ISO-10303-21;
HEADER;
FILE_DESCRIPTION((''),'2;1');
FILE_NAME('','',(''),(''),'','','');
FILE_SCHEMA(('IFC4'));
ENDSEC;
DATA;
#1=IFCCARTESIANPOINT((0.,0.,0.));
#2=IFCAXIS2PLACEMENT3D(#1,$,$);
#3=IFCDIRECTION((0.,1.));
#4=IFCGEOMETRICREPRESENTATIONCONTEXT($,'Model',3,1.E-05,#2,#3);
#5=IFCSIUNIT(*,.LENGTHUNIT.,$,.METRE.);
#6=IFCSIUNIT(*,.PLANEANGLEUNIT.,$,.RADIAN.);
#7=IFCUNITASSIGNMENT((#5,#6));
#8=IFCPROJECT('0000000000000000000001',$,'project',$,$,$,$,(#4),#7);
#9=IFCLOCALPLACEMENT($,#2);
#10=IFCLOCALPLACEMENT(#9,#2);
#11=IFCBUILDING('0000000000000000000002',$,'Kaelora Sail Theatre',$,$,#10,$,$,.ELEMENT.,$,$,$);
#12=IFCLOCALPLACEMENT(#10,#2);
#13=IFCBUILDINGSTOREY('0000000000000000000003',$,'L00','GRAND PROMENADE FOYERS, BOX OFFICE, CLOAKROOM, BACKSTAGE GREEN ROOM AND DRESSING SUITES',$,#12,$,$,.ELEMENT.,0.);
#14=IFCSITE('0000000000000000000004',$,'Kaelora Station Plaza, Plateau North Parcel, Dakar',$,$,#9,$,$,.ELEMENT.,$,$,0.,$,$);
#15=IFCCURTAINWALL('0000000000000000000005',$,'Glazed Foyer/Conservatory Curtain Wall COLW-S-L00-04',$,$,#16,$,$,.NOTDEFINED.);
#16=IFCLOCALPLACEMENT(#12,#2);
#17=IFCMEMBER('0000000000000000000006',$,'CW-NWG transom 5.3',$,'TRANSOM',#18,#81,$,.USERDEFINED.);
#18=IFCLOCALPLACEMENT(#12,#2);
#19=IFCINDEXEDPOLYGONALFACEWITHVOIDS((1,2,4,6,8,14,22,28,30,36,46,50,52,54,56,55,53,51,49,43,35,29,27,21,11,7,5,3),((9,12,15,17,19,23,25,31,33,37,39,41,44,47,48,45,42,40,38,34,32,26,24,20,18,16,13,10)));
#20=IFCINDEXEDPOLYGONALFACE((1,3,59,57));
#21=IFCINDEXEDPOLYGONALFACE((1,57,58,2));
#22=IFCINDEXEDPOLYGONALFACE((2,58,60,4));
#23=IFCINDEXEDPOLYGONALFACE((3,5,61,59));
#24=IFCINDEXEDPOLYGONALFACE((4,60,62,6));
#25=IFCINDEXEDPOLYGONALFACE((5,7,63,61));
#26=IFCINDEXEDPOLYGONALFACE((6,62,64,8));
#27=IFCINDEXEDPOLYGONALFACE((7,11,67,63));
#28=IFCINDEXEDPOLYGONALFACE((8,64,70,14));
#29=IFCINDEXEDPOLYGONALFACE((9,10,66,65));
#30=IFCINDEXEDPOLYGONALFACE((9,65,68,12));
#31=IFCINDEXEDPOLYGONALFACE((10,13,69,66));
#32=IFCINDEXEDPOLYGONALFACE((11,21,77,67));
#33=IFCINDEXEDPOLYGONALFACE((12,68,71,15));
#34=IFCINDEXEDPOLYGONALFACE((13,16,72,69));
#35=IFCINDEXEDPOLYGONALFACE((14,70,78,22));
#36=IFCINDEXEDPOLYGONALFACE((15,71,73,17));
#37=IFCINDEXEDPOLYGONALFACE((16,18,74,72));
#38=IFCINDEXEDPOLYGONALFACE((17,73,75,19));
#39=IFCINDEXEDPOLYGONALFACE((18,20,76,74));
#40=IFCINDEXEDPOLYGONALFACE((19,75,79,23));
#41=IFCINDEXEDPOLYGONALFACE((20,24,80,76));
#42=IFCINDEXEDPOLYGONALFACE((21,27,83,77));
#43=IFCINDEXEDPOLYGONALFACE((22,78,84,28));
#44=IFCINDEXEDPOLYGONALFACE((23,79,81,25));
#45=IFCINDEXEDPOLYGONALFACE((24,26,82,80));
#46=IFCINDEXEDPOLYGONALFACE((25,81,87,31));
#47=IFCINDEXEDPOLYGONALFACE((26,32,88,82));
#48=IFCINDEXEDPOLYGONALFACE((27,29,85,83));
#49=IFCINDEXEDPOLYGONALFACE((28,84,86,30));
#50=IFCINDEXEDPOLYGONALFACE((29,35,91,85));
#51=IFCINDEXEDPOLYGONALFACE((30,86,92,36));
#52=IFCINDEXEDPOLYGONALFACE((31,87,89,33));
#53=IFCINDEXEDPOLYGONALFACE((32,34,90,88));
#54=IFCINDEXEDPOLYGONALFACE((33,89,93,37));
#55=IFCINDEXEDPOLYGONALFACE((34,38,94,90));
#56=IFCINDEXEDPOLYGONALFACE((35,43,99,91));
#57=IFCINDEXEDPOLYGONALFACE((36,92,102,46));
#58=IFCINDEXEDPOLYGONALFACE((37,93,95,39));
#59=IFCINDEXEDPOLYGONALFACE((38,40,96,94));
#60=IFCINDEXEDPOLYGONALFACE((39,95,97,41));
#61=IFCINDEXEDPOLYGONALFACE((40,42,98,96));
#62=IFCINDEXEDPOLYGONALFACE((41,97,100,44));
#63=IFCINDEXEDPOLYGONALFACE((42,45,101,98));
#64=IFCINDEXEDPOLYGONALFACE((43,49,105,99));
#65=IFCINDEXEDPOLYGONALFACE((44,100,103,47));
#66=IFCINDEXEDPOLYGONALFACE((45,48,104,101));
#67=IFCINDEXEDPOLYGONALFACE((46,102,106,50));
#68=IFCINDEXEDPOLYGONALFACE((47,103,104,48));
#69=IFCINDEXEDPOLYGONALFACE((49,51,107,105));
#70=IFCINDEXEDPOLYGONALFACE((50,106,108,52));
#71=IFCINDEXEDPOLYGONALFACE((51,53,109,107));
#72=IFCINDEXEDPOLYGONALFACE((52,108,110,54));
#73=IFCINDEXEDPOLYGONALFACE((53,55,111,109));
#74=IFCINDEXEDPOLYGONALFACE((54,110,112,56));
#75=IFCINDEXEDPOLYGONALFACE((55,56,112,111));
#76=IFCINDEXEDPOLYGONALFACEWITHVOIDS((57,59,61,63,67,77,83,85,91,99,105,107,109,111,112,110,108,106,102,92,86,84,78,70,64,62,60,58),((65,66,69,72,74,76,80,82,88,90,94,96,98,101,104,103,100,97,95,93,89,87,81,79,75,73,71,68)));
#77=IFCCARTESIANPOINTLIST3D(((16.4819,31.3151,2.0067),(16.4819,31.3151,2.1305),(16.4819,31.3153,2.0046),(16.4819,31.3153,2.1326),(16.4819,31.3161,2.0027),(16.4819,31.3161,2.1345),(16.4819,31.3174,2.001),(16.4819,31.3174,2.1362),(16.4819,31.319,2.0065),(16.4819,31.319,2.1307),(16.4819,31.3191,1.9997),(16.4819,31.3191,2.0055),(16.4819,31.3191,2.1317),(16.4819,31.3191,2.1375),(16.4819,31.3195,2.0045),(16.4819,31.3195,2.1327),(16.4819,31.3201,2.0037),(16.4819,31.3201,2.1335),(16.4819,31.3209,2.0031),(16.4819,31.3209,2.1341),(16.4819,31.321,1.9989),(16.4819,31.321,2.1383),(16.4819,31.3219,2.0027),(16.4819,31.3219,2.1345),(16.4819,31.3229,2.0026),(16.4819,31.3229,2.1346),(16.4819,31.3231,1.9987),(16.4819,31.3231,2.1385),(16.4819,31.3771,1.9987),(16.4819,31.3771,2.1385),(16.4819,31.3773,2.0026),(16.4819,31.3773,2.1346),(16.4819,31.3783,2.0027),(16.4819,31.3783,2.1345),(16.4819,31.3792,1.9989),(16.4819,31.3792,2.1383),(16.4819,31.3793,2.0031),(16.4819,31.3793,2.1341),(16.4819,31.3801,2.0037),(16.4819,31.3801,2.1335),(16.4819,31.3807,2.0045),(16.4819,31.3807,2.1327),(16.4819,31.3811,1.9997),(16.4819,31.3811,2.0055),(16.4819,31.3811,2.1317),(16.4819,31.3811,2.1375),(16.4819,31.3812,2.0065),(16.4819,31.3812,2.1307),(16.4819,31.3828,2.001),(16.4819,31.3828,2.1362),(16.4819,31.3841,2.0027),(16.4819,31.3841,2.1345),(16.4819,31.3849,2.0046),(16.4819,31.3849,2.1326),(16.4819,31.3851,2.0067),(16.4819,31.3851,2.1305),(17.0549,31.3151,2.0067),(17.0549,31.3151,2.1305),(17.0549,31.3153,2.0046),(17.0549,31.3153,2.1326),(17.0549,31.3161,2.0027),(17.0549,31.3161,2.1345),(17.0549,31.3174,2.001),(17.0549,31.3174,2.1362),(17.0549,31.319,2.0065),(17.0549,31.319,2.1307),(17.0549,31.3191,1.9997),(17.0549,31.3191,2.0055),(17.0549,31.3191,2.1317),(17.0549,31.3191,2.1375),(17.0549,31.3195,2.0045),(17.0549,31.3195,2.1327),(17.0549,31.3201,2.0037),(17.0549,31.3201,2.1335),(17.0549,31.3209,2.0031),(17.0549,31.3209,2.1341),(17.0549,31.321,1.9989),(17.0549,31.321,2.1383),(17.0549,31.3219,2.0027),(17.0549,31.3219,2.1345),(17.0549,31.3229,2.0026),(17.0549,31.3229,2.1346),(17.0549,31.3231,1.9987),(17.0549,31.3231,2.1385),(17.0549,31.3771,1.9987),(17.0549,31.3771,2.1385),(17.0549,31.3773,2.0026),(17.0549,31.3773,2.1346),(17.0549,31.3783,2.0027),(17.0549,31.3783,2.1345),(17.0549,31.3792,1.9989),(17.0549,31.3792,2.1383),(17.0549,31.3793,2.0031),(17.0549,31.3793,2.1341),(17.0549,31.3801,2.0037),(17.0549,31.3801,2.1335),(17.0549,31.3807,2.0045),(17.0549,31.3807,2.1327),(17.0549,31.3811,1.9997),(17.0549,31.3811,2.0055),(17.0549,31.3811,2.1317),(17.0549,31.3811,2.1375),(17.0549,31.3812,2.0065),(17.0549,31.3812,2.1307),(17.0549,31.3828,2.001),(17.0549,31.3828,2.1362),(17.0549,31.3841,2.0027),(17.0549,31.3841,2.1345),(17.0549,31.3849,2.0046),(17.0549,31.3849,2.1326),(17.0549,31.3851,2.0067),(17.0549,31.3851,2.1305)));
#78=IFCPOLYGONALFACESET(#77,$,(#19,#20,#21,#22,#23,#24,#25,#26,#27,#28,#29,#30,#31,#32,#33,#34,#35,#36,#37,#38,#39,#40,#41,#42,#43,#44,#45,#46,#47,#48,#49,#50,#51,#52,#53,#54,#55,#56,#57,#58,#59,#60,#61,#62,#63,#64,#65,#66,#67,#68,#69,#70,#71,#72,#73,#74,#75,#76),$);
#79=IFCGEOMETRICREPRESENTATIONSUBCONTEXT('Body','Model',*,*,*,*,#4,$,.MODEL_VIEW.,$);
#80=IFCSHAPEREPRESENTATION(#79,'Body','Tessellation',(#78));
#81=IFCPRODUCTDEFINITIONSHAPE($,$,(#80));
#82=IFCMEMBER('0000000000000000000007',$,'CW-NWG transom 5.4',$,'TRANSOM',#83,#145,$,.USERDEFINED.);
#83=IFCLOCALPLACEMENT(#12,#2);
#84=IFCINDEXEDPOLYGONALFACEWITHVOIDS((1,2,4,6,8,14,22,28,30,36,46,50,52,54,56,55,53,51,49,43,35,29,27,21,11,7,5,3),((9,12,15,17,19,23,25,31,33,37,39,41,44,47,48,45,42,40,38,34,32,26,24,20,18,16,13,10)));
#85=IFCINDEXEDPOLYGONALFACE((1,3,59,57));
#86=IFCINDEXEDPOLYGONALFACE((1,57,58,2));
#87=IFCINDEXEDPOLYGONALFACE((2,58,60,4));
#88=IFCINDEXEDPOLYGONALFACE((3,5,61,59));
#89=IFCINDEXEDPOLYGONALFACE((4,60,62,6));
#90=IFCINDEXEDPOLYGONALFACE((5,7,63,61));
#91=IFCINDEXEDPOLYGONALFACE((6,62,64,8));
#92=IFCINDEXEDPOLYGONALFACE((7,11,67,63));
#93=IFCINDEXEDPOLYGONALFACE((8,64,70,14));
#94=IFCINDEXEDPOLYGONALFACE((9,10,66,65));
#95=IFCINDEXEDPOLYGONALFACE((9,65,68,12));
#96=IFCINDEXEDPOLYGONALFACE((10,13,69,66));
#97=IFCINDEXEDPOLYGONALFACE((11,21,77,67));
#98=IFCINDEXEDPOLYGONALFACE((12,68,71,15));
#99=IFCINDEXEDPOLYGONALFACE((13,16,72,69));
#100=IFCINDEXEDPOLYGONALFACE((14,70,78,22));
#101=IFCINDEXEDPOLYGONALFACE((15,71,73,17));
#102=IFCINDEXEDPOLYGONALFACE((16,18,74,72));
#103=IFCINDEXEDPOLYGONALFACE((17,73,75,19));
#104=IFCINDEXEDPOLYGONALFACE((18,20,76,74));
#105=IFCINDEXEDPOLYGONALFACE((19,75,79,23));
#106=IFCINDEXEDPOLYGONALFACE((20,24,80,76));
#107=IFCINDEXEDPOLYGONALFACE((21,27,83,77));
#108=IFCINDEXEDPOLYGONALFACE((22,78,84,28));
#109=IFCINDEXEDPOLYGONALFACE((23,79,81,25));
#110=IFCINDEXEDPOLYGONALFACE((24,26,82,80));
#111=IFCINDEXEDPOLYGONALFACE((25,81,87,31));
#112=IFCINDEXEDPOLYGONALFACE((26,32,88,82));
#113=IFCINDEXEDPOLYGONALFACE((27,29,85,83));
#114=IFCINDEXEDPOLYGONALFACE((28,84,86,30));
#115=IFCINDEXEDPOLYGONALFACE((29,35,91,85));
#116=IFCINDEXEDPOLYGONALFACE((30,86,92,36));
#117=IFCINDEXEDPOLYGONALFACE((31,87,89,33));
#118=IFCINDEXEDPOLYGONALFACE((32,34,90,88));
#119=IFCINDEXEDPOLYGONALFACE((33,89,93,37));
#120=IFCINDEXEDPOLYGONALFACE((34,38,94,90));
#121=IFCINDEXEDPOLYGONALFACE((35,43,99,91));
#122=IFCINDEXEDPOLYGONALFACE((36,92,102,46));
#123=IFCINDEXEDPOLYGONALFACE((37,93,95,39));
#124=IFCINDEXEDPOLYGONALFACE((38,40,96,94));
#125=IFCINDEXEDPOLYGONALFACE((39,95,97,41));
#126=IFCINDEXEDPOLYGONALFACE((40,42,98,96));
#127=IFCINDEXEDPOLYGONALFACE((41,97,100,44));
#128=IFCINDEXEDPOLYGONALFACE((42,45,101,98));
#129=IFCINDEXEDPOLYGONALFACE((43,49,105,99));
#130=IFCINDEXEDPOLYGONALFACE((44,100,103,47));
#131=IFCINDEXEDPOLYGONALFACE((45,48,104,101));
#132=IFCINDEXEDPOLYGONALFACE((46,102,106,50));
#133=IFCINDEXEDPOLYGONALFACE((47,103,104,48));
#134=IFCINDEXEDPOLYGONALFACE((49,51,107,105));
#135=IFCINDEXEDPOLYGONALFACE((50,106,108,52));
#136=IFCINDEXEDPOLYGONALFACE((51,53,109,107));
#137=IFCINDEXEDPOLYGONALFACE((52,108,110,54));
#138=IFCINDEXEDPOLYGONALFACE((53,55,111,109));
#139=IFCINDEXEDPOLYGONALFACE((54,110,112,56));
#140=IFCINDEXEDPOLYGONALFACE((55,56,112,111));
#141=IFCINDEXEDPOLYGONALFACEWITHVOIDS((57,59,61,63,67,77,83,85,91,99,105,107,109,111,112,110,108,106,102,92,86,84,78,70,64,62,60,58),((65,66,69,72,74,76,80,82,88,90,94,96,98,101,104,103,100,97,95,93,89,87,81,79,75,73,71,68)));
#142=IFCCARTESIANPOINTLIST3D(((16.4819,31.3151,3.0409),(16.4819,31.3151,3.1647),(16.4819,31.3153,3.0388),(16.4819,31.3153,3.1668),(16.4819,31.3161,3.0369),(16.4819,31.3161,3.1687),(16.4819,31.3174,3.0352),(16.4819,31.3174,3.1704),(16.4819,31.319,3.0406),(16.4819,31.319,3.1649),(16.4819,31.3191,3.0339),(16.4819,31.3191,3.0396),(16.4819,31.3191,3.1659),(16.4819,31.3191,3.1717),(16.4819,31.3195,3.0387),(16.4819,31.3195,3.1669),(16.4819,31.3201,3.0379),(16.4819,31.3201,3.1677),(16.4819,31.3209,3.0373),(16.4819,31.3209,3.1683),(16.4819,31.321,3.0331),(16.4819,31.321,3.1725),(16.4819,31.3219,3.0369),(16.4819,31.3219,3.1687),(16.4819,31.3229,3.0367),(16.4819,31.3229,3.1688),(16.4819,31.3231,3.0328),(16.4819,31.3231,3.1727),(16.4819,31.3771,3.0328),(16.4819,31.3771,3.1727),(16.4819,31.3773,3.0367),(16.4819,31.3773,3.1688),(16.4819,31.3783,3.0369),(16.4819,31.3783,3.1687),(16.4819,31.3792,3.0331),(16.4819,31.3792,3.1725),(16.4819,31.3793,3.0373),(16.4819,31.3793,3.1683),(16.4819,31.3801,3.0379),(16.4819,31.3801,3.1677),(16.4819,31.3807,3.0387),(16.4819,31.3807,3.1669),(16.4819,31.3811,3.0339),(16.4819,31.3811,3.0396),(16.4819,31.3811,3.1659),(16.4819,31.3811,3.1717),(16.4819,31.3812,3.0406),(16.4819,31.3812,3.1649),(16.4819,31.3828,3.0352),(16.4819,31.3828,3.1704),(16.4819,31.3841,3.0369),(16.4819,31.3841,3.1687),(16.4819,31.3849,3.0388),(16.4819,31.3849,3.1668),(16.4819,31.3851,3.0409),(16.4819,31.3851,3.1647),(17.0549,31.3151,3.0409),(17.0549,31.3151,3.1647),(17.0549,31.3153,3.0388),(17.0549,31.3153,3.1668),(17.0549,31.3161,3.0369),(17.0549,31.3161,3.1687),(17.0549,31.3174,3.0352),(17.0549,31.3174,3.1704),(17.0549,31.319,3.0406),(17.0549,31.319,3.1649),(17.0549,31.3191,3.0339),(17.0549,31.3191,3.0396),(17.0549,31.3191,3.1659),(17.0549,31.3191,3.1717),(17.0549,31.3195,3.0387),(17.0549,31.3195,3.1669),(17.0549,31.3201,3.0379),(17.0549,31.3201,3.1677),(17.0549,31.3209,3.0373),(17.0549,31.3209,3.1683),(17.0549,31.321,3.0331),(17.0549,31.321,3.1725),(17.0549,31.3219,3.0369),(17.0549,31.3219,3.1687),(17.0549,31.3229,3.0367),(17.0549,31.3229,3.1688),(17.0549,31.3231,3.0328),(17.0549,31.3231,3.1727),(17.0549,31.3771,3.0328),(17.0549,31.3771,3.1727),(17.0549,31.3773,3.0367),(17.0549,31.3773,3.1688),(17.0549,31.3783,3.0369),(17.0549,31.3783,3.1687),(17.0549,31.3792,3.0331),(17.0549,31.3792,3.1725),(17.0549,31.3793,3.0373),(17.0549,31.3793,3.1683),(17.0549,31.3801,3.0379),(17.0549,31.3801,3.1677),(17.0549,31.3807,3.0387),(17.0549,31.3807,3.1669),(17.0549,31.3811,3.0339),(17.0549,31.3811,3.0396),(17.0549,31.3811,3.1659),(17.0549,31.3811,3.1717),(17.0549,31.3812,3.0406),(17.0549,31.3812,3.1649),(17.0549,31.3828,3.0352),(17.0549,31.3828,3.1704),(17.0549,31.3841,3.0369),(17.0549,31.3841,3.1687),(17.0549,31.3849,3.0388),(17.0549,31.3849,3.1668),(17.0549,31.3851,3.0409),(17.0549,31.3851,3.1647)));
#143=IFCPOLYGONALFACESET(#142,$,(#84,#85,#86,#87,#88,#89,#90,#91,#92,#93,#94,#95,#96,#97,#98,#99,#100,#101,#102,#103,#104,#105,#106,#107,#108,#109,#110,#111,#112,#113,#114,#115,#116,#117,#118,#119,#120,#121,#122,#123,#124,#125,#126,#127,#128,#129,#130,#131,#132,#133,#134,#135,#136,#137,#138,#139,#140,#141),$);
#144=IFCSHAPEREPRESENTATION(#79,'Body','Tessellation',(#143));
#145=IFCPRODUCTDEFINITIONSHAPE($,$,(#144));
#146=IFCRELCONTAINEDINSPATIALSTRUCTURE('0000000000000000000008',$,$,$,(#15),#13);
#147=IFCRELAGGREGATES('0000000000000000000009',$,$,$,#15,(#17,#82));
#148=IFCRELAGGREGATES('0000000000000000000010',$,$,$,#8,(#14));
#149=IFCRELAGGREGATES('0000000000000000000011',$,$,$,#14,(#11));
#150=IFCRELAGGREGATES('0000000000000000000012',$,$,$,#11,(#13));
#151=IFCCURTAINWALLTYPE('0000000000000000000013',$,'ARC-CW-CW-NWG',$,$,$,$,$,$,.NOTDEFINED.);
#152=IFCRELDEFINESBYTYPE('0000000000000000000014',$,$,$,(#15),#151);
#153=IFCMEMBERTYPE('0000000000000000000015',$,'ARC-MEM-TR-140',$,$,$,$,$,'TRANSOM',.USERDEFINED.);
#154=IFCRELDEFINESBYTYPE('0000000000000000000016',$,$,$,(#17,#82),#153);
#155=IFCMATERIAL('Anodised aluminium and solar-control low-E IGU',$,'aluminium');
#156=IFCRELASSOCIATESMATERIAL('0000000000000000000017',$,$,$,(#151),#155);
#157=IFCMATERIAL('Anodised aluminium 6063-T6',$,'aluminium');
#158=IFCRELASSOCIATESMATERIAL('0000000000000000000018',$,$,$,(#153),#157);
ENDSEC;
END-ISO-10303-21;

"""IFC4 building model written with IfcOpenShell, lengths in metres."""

from ifc_helpers import new_model, si_unit, direction, frame, origin, origin_2d, place, context, subcontext, project, spatial, hollow_rectangle, extrude, material, material_profile, profile_set, type_object, element, aggregate, save


model = new_model("IFC4")

# Units and contexts
model_context = context("Model", 3, precision=1e-05, world=origin(), true_north=direction((0.0, 1.0)))
body_context = subcontext(model_context, "Body", "Model", "MODEL_VIEW")
ifc_project = project(units=[si_unit("LENGTHUNIT", "METRE"), si_unit("PLANEANGLEUNIT", "RADIAN")], contexts=[model_context])

# Site, building, storey
site_placement = place(None, origin())
site = spatial("IfcSite", under=ifc_project, at=site_placement, Name="Kaelora Station Plaza, Plateau North Parcel, Dakar", CompositionType="ELEMENT", RefElevation=0.0)
building_placement = place(site_placement, origin())
building = spatial("IfcBuilding", under=site, at=building_placement, Name="Kaelora Sail Theatre", CompositionType="ELEMENT")
storey_placement = place(building_placement, origin())
storey = spatial("IfcBuildingStorey", under=building, at=storey_placement, Name="L00", Description="GRAND PROMENADE FOYERS, BOX OFFICE, CLOAKROOM, BACKSTAGE GREEN ROOM AND DRESSING SUITES", CompositionType="ELEMENT", Elevation=0.0)

# Curtain wall, members
ifc_material_1 = material(Name="Anodised aluminium and solar-control low-E IGU", Category="aluminium")
curtain_wall_type = type_object("IfcCurtainWallType", Name="ARC-CW-CW-NWG", PredefinedType="NOTDEFINED", material=ifc_material_1)
curtain_wall_placement = place(storey_placement, origin())
curtain_wall = element("IfcCurtainWall", 1, at=curtain_wall_placement, inside=storey, type_object=curtain_wall_type, Name="Glazed Foyer/Conservatory Curtain Wall COLW-S-L00-04", PredefinedType="NOTDEFINED")
ifc_material_2 = material(Name="Anodised aluminium 6063-T6", Category="aluminium")
ifc_material_profile_1 = material_profile(ifc_material_2, hollow_rectangle(XDim=0.0701, YDim=0.1399, WallThickness=0.0039, InnerFilletRadius=0.0039, OuterFilletRadius=0.0081, at=origin_2d()), Name="ALU-TRAN 70x140x4")
ifc_profile_set_1 = profile_set([ifc_material_profile_1], Name="Anodised aluminium 6063-T6")
member_type_1 = type_object("IfcMemberType", Name="ARC-MEM-TR-140", ElementType="TRANSOM", PredefinedType="USERDEFINED", material=ifc_profile_set_1)
member_1_placement = place(storey_placement, frame((16.4819, 31.3501, 2.0686), z_axis=(1.0, 0.0, 0.0), x_axis=(0.0, 1.0, 0.0)))
member_1 = element("IfcMember", 2, at=member_1_placement, type_object=member_type_1, Name="CW-NWG transom 5.3", ObjectType="TRANSOM", PredefinedType="USERDEFINED", context=body_context, shape_type="SweptSolid", body=[
    extrude(hollow_rectangle(XDim=0.0701, YDim=0.1399, WallThickness=0.0039, InnerFilletRadius=0.0039, OuterFilletRadius=0.0081, at=origin_2d()), origin(), (0.0, 0.0, 1.0), 0.573),
])
member_2_placement = place(storey_placement, frame((16.4819, 31.3501, 3.1028), z_axis=(1.0, 0.0, 0.0), x_axis=(0.0, 1.0, 0.0)))
member_2 = element("IfcMember", 3, at=member_2_placement, type_object=member_type_1, Name="CW-NWG transom 5.4", ObjectType="TRANSOM", PredefinedType="USERDEFINED", context=body_context, shape_type="SweptSolid", body=[
    extrude(hollow_rectangle(XDim=0.0701, YDim=0.1399, WallThickness=0.0039, InnerFilletRadius=0.0039, OuterFilletRadius=0.0081, at=origin_2d()), origin(), (0.0, 0.0, 1.0), 0.573),
])
aggregate(curtain_wall, [member_1, member_2])

save(model, "model.ifc")
